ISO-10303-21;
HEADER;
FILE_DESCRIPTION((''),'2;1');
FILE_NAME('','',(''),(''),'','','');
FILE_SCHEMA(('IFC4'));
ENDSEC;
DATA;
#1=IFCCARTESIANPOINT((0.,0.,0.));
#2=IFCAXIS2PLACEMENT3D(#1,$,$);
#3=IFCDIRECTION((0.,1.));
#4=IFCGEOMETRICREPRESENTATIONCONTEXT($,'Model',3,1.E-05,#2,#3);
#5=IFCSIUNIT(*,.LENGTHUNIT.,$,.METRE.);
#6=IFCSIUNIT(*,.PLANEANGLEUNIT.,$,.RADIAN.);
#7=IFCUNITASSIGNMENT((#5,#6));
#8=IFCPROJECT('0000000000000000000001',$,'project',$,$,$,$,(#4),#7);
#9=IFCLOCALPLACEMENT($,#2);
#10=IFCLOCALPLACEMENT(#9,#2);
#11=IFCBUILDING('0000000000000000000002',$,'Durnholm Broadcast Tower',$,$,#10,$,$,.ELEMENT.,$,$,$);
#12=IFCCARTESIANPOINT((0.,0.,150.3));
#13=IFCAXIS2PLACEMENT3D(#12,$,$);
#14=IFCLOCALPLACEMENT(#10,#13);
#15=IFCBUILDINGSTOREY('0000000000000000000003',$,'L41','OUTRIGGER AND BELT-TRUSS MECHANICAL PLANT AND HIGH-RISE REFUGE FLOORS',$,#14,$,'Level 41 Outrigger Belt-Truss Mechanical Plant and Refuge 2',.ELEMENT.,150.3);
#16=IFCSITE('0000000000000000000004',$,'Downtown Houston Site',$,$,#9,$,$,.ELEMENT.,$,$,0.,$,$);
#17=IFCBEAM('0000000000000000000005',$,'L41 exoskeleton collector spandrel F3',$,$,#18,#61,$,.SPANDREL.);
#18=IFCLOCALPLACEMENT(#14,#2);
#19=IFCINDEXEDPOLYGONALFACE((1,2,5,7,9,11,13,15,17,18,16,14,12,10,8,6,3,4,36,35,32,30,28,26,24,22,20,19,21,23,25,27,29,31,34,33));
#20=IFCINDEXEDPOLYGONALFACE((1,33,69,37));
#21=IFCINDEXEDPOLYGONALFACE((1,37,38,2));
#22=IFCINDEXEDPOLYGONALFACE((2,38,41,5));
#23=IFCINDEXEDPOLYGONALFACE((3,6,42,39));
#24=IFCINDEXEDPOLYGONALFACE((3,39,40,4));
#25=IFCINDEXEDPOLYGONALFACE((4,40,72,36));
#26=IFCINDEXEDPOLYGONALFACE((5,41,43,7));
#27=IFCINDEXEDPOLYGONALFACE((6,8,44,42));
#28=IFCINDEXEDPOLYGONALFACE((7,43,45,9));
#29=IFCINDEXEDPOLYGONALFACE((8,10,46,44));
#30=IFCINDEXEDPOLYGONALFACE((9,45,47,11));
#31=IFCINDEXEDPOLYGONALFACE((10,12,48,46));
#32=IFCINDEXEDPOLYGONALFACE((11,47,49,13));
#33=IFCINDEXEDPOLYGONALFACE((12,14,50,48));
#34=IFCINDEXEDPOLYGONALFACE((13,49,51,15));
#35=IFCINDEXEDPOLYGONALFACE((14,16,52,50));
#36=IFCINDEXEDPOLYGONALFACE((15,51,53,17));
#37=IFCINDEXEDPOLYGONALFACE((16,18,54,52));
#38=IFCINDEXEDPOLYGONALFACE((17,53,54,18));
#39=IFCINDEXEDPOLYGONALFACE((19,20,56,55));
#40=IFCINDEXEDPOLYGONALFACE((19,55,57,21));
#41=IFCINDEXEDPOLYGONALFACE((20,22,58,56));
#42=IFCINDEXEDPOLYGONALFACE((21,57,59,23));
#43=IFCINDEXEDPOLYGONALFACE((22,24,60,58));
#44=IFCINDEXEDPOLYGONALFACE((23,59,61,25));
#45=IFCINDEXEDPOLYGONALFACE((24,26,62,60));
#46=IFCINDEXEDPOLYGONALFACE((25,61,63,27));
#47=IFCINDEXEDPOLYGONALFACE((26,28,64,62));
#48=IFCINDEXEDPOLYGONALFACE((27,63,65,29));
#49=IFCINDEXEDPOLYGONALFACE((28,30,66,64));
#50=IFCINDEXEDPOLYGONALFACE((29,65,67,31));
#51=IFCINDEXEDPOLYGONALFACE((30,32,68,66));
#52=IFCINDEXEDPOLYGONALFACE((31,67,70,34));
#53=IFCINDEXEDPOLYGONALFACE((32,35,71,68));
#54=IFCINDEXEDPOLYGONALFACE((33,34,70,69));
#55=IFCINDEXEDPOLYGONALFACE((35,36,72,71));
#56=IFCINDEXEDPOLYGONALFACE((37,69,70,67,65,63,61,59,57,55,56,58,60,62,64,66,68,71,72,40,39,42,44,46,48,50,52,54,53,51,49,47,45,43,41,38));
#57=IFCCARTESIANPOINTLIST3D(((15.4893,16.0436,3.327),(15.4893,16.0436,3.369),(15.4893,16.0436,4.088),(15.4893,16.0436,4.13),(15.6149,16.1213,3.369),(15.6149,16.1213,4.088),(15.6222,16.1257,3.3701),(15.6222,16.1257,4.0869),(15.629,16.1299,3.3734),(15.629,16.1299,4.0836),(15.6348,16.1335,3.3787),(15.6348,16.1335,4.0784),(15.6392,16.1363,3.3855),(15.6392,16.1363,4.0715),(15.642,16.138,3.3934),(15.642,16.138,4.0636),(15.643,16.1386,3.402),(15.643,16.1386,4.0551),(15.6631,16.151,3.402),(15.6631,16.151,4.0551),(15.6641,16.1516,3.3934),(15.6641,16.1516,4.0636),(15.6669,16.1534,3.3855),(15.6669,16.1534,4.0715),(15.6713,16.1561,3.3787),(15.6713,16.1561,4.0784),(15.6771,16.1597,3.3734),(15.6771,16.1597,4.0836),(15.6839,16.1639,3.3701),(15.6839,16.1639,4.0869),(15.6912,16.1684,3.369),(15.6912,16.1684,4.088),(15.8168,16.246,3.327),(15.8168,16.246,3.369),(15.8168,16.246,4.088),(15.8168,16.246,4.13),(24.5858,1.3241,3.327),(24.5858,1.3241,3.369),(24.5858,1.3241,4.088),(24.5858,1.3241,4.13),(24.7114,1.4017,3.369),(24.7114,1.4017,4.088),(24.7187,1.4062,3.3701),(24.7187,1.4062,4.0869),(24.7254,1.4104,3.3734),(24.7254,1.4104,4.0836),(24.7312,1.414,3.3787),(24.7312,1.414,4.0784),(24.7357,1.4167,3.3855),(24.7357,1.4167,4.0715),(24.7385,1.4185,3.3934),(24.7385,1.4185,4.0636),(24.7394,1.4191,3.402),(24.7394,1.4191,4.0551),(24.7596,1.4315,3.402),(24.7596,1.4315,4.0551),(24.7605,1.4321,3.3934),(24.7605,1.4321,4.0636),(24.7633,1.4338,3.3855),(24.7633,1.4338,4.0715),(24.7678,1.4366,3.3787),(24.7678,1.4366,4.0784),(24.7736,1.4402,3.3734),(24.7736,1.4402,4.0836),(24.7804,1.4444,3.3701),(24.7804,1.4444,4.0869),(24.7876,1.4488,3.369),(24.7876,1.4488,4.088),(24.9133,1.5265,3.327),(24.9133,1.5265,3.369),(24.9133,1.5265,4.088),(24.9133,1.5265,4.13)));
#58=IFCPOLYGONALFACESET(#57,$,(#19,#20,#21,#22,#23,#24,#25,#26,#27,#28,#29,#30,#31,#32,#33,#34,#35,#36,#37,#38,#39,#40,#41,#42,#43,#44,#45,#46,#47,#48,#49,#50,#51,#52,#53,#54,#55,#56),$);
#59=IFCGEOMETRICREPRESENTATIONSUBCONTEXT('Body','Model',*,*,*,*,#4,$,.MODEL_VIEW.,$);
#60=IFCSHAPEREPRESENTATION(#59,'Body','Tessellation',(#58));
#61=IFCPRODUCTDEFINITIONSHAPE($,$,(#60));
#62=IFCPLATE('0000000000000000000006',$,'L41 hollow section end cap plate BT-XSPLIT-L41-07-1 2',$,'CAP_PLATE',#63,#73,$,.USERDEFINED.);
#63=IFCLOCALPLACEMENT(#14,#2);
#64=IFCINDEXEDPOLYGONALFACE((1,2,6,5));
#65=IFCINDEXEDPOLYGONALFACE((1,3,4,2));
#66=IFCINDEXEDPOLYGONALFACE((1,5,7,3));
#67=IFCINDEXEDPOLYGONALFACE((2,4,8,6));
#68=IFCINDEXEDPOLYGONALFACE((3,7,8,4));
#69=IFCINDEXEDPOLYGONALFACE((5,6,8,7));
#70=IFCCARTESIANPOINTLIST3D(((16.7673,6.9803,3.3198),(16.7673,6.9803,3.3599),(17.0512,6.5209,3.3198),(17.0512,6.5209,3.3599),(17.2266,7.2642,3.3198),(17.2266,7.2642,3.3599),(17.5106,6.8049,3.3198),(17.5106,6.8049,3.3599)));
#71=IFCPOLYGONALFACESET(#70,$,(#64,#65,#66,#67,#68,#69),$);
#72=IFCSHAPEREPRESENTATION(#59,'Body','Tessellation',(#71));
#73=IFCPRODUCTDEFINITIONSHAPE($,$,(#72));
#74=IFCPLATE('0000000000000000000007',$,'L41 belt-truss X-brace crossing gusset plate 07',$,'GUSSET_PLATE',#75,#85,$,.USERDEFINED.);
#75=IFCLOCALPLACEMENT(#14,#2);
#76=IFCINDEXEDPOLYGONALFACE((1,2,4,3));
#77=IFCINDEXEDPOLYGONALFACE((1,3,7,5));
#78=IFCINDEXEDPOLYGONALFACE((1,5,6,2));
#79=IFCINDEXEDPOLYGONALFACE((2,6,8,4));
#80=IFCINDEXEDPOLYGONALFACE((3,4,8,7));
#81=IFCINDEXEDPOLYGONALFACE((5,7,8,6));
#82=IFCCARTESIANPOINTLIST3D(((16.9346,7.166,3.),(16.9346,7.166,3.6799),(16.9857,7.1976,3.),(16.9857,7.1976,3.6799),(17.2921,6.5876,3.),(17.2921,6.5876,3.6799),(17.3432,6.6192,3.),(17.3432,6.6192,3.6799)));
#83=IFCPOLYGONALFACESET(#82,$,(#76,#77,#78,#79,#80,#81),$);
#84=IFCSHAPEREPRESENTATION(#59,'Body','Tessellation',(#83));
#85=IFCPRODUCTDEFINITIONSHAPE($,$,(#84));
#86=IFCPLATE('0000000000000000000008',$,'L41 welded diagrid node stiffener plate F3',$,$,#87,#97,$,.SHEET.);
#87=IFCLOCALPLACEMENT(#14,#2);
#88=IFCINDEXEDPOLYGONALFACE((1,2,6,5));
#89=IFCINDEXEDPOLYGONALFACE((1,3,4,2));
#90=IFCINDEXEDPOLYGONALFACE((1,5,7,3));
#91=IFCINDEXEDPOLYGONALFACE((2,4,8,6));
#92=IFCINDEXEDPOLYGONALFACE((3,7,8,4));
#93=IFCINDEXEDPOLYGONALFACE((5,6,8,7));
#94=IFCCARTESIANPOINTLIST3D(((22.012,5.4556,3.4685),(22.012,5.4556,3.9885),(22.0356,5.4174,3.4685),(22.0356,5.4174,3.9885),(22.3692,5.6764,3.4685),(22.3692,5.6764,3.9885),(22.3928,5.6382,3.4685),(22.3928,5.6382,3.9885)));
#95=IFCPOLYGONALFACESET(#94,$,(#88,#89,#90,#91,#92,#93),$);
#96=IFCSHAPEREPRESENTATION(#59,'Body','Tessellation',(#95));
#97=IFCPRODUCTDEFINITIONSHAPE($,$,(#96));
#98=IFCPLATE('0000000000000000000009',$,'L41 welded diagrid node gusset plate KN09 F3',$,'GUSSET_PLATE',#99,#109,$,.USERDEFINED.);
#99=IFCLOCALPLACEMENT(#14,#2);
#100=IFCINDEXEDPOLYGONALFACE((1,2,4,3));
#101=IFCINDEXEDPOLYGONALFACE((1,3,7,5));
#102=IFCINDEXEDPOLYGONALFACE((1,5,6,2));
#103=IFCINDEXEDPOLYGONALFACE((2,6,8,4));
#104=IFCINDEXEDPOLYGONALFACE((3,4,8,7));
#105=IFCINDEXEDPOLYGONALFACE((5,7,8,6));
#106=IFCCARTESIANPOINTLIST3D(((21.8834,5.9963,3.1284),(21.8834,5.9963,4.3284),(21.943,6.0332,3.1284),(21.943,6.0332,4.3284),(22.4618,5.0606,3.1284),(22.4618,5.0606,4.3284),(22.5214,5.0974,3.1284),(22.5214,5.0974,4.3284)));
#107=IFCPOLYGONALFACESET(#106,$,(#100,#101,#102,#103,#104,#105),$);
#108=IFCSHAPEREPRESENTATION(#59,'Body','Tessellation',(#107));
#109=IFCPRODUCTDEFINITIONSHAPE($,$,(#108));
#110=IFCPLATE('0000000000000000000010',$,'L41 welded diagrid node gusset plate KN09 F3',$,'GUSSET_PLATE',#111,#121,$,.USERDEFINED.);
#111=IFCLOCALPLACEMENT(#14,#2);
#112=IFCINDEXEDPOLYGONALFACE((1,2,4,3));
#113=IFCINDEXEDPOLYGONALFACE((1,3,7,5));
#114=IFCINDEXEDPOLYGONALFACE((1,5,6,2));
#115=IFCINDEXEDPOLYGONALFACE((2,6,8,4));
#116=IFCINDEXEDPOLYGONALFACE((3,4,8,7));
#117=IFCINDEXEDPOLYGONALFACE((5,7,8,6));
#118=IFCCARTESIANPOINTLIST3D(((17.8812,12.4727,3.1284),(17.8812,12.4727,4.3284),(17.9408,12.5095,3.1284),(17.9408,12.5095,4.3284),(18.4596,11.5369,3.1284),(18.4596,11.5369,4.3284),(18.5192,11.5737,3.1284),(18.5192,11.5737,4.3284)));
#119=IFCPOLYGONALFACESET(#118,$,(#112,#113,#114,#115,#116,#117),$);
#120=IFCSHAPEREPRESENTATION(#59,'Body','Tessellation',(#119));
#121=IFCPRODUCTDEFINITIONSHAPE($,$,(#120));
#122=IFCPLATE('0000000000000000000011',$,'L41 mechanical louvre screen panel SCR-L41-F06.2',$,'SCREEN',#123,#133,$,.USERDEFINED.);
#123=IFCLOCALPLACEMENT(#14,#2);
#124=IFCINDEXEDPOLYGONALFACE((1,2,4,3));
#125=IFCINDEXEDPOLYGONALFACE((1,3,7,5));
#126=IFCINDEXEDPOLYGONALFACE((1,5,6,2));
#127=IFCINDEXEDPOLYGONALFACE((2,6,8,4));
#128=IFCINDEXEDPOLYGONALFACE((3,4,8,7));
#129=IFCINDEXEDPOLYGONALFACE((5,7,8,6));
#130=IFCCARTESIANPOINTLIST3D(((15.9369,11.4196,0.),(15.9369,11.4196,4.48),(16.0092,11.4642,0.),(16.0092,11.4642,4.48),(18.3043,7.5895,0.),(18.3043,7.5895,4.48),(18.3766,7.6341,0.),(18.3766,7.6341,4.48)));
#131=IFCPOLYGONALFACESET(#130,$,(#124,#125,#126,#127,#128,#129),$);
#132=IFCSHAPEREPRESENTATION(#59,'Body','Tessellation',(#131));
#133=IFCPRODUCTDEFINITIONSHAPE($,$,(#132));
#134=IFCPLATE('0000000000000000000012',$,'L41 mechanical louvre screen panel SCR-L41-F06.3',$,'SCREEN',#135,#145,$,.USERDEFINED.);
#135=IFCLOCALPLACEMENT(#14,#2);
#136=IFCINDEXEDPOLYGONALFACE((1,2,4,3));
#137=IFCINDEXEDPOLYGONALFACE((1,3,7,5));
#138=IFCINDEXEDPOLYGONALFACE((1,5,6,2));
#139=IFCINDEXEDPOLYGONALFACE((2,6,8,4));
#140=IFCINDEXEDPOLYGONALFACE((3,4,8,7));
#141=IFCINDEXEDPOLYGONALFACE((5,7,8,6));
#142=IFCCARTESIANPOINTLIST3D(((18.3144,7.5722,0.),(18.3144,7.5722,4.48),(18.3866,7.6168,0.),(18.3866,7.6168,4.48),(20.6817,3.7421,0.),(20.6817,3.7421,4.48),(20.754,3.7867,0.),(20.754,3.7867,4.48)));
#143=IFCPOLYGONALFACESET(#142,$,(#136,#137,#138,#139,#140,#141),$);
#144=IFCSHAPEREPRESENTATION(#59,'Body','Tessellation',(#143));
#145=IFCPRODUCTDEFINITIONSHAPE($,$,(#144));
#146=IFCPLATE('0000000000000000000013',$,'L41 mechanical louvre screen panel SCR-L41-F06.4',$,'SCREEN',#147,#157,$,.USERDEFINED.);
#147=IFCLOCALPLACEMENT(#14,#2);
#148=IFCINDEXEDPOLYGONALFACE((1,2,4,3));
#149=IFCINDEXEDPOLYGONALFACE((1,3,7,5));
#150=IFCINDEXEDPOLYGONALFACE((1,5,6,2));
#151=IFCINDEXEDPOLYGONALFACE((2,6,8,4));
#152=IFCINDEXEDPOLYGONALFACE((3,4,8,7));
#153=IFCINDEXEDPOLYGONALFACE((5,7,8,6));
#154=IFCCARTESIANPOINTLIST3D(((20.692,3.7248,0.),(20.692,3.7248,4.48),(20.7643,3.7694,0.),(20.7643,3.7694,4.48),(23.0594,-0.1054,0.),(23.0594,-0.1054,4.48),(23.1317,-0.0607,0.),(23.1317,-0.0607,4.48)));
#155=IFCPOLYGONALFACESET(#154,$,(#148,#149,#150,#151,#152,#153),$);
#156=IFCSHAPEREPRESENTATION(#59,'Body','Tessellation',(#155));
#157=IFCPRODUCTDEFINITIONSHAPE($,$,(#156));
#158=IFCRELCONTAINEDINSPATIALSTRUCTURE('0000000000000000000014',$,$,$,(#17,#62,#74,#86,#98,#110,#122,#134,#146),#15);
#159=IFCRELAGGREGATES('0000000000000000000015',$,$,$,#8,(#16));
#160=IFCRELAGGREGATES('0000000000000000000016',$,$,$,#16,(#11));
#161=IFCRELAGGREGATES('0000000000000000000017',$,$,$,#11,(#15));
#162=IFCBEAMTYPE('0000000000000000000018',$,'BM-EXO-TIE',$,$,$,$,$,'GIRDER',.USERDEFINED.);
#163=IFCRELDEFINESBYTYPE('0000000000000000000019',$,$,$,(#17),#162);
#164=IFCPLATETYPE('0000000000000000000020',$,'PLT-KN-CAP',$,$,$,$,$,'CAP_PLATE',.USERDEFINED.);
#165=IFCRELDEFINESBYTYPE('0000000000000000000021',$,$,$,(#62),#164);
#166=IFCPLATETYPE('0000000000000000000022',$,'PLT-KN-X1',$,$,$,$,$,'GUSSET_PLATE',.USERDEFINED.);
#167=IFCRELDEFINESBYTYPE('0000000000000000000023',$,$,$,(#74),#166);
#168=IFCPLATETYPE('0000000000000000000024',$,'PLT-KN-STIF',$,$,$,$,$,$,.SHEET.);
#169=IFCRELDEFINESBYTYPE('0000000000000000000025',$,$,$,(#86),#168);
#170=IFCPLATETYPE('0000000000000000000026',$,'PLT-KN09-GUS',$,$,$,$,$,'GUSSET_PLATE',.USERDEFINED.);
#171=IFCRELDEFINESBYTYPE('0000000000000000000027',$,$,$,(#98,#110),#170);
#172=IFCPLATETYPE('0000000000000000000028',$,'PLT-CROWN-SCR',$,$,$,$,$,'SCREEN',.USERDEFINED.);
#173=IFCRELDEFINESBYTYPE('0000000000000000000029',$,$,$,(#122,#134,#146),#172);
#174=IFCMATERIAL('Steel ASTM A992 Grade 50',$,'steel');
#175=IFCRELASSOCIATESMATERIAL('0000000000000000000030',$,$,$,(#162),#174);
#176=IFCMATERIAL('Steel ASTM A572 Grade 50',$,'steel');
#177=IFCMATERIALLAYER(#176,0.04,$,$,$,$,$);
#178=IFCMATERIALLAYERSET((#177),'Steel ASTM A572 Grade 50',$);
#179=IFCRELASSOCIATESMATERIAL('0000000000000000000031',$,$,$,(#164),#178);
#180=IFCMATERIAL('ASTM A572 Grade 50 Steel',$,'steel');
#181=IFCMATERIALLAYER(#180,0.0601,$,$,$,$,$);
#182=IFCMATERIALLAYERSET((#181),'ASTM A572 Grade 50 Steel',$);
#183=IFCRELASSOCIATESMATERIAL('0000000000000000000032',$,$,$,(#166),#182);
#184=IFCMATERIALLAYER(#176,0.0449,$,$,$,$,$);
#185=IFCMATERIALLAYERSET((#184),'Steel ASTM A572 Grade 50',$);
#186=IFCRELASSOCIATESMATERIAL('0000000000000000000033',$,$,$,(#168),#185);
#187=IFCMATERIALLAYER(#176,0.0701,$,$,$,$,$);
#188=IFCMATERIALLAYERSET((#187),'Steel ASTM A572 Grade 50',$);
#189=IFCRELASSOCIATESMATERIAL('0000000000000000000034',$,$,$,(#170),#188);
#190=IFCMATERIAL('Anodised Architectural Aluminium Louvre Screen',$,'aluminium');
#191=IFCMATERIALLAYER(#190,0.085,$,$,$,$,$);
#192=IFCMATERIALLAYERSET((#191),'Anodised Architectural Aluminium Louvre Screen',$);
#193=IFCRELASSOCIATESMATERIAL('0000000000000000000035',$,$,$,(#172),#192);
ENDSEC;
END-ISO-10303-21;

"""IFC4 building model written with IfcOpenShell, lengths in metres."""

from ifc_helpers import new_model, si_unit, direction, frame, origin, origin_2d, place, context, subcontext, project, spatial, rectangle, i_section, extrude, source, transform, mapped, material, layer, layer_set, material_profile, profile_set, type_object, type_shapes, element, save


model = new_model("IFC4")

# Units and contexts
model_context = context("Model", 3, precision=1e-05, world=origin(), true_north=direction((0.0, 1.0)))
body_context = subcontext(model_context, "Body", "Model", "MODEL_VIEW")
ifc_project = project(units=[si_unit("LENGTHUNIT", "METRE"), si_unit("PLANEANGLEUNIT", "RADIAN")], contexts=[model_context])

# Site, building, storey
site_placement = place(None, origin())
site = spatial("IfcSite", under=ifc_project, at=site_placement, Name="Downtown Houston Site", CompositionType="ELEMENT", RefElevation=0.0)
building_placement = place(site_placement, origin())
building = spatial("IfcBuilding", under=site, at=building_placement, Name="Durnholm Broadcast Tower", CompositionType="ELEMENT")
storey_placement = place(building_placement, frame((0.0, 0.0, 150.3)))
storey = spatial("IfcBuildingStorey", under=building, at=storey_placement, Name="L41", Description="OUTRIGGER AND BELT-TRUSS MECHANICAL PLANT AND HIGH-RISE REFUGE FLOORS", LongName="Level 41 Outrigger Belt-Truss Mechanical Plant and Refuge 2", CompositionType="ELEMENT", Elevation=150.3)

# Shared definitions
ifc_material_1 = material(Name="Steel ASTM A992 Grade 50", Category="steel")
ifc_material_profile_1 = material_profile(ifc_material_1, i_section(OverallWidth=0.385, OverallDepth=0.803, WebThickness=0.0237, FlangeThickness=0.042, FilletRadius=0.033, at=origin_2d()), Name="W30X261")
ifc_profile_set_1 = profile_set([ifc_material_profile_1], Name="Steel ASTM A992 Grade 50")
beam_type = type_object("IfcBeamType", Name="BM-EXO-TIE", ElementType="GIRDER", PredefinedType="USERDEFINED", material=ifc_profile_set_1)

# Beam
shared_shape_1 = source(origin(), body_context, "Body", "SweptSolid", [
    extrude(i_section(OverallWidth=0.385, OverallDepth=0.803, WebThickness=0.0237, FlangeThickness=0.042, FilletRadius=0.033, at=origin_2d()), origin(), (0.0, 0.0, 1.0), 17.3035),
])
for number, where, z_axis, x_axis, name in (
    (1, (24.7495, 1.4253, 3.7285), (-0.525702, 0.850669, 0.0), (-0.850669, -0.525702, 0.0), "L41 exoskeleton collector spandrel F3"),
):
    element("IfcBeam", number, at=place(storey_placement, frame(where, z_axis=z_axis, x_axis=x_axis)), inside=storey, type_object=beam_type, Name=name, PredefinedType="SPANDREL", context=body_context, shape_type="MappedRepresentation", body=[
        mapped(shared_shape_1, transform((0.0, 0.0, 0.0), x_axis=(1.0, 0.0, 0.0), y_axis=(0.0, 1.0, 0.0), z_axis=(0.0, 0.0, 1.0), scale=1.0)),
    ])

# Plates
ifc_material_2 = material(Name="Steel ASTM A572 Grade 50", Category="steel")
ifc_layer_1 = layer(ifc_material_2, 0.04)
ifc_layer_set_1 = layer_set([ifc_layer_1], Name="Steel ASTM A572 Grade 50")
plate_type_1 = type_object("IfcPlateType", Name="PLT-KN-CAP", ElementType="CAP_PLATE", PredefinedType="USERDEFINED", material=ifc_layer_set_1)
shared_shape_2 = source(origin(), body_context, "Body", "SweptSolid", [
    extrude(rectangle(XDim=0.54, YDim=0.54, at=origin_2d()), origin(), (0.0, 0.0, 1.0), 0.04),
])
type_shapes(plate_type_1, [shared_shape_2])
plate_1_placement = place(storey_placement, frame((17.1389, 6.8926, 3.3198), z_axis=(0.0, 0.0, 1.0), x_axis=(-0.525769, 0.850628, 0.0)))
element("IfcPlate", 2, at=plate_1_placement, inside=storey, type_object=plate_type_1, Name="L41 hollow section end cap plate BT-XSPLIT-L41-07-1 2", ObjectType="CAP_PLATE", PredefinedType="USERDEFINED", context=body_context, shape_type="MappedRepresentation", body=[
    mapped(shared_shape_2, transform((0.0, 0.0, 0.0), x_axis=(1.0, 0.0, 0.0), y_axis=(0.0, 1.0, 0.0), z_axis=(0.0, 0.0, 1.0), scale=1.0)),
])
ifc_material_3 = material(Name="ASTM A572 Grade 50 Steel", Category="steel")
ifc_layer_2 = layer(ifc_material_3, 0.0601)
ifc_layer_set_2 = layer_set([ifc_layer_2], Name="ASTM A572 Grade 50 Steel")
plate_type_2 = type_object("IfcPlateType", Name="PLT-KN-X1", ElementType="GUSSET_PLATE", PredefinedType="USERDEFINED", material=ifc_layer_set_2)
shared_shape_3 = source(origin(), body_context, "Body", "SweptSolid", [
    extrude(rectangle(XDim=0.6799, YDim=0.0601, at=origin_2d()), origin(), (0.0, 0.0, 1.0), 0.6799),
])
type_shapes(plate_type_2, [shared_shape_3])
plate_2_placement = place(storey_placement, frame((17.1389, 6.8926, 3.0), z_axis=(0.0, 0.0, 1.0), x_axis=(0.525769, -0.850628, 0.0)))
element("IfcPlate", 3, at=plate_2_placement, inside=storey, type_object=plate_type_2, Name="L41 belt-truss X-brace crossing gusset plate 07", ObjectType="GUSSET_PLATE", PredefinedType="USERDEFINED", context=body_context, shape_type="MappedRepresentation", body=[
    mapped(shared_shape_3, transform((0.0, 0.0, 0.0), x_axis=(1.0, 0.0, 0.0), y_axis=(0.0, 1.0, 0.0), z_axis=(0.0, 0.0, 1.0), scale=1.0)),
])
ifc_layer_3 = layer(ifc_material_2, 0.0449)
ifc_layer_set_3 = layer_set([ifc_layer_3], Name="Steel ASTM A572 Grade 50")
plate_type_3 = type_object("IfcPlateType", Name="PLT-KN-STIF", PredefinedType="SHEET", material=ifc_layer_set_3)
shared_shape_4 = source(origin(), body_context, "Body", "SweptSolid", [
    extrude(rectangle(XDim=0.0449, YDim=0.4199, at=origin_2d()), origin(), (0.0, 0.0, 1.0), 0.52),
])
type_shapes(plate_type_3, [shared_shape_4])
plate_3_placement = place(storey_placement, frame((22.2024, 5.5469, 3.4685), z_axis=(0.0, 0.0, 1.0), x_axis=(-0.525769, 0.850628, 0.0)))
element("IfcPlate", 4, at=plate_3_placement, inside=storey, type_object=plate_type_3, Name="L41 welded diagrid node stiffener plate F3", PredefinedType="SHEET", context=body_context, shape_type="MappedRepresentation", body=[
    mapped(shared_shape_4, transform((0.0, 0.0, 0.0), x_axis=(1.0, 0.0, 0.0), y_axis=(0.0, 1.0, 0.0), z_axis=(0.0, 0.0, 1.0), scale=1.0)),
])
ifc_layer_4 = layer(ifc_material_2, 0.0701)
ifc_layer_set_4 = layer_set([ifc_layer_4], Name="Steel ASTM A572 Grade 50")
plate_type_4 = type_object("IfcPlateType", Name="PLT-KN09-GUS", ElementType="GUSSET_PLATE", PredefinedType="USERDEFINED", material=ifc_layer_set_4)
shared_shape_5 = source(origin(), body_context, "Body", "SweptSolid", [
    extrude(rectangle(XDim=1.1001, YDim=0.0701, at=origin_2d()), origin(), (0.0, 0.0, 1.0), 1.2),
])
type_shapes(plate_type_4, [shared_shape_5])
for number, where, z_axis, x_axis, name in (
    (5, (22.2024, 5.5469, 3.1284), (0.0, 0.0, 1.0), (-0.525769, 0.850628, 0.0), "L41 welded diagrid node gusset plate KN09 F3"),
    (6, (18.2002, 12.0232, 3.1284), (0.0, 0.0, 1.0), (-0.525769, 0.850628, 0.0), "L41 welded diagrid node gusset plate KN09 F3"),
):
    element("IfcPlate", number, at=place(storey_placement, frame(where, z_axis=z_axis, x_axis=x_axis)), inside=storey, type_object=plate_type_4, Name=name, ObjectType="GUSSET_PLATE", PredefinedType="USERDEFINED", context=body_context, shape_type="MappedRepresentation", body=[
        mapped(shared_shape_5, transform((0.0, 0.0, 0.0), x_axis=(1.0, 0.0, 0.0), y_axis=(0.0, 1.0, 0.0), z_axis=(0.0, 0.0, 1.0), scale=1.0)),
    ])
ifc_material_4 = material(Name="Anodised Architectural Aluminium Louvre Screen", Category="aluminium")
ifc_layer_5 = layer(ifc_material_4, 0.085)
ifc_layer_set_5 = layer_set([ifc_layer_5], Name="Anodised Architectural Aluminium Louvre Screen")
plate_type_5 = type_object("IfcPlateType", Name="PLT-CROWN-SCR", ElementType="SCREEN", PredefinedType="USERDEFINED", material=ifc_layer_set_5)
shared_shape_6 = source(origin(), body_context, "Body", "SweptSolid", [
    extrude(rectangle(XDim=4.5027, YDim=0.085, at=origin_2d()), origin(), (0.0, 0.0, 1.0), 4.48),
])
type_shapes(plate_type_5, [shared_shape_6])
for number, where, z_axis, x_axis, name in (
    (7, (17.1567, 9.5269, 0.0), (0.0, 0.0, 1.0), (0.525769, -0.850628, 0.0), "L41 mechanical louvre screen panel SCR-L41-F06.2"),
    (8, (19.5342, 5.6794, 0.0), (0.0, 0.0, 1.0), (0.525769, -0.850628, 0.0), "L41 mechanical louvre screen panel SCR-L41-F06.3"),
    (9, (21.9119, 1.832, 0.0), (0.0, 0.0, 1.0), (0.525769, -0.850628, 0.0), "L41 mechanical louvre screen panel SCR-L41-F06.4"),
):
    element("IfcPlate", number, at=place(storey_placement, frame(where, z_axis=z_axis, x_axis=x_axis)), inside=storey, type_object=plate_type_5, Name=name, ObjectType="SCREEN", PredefinedType="USERDEFINED", context=body_context, shape_type="MappedRepresentation", body=[
        mapped(shared_shape_6, transform((0.0, 0.0, 0.0), x_axis=(1.0, 0.0, 0.0), y_axis=(0.0, 1.0, 0.0), z_axis=(0.0, 0.0, 1.0), scale=1.0)),
    ])

save(model, "model.ifc")
